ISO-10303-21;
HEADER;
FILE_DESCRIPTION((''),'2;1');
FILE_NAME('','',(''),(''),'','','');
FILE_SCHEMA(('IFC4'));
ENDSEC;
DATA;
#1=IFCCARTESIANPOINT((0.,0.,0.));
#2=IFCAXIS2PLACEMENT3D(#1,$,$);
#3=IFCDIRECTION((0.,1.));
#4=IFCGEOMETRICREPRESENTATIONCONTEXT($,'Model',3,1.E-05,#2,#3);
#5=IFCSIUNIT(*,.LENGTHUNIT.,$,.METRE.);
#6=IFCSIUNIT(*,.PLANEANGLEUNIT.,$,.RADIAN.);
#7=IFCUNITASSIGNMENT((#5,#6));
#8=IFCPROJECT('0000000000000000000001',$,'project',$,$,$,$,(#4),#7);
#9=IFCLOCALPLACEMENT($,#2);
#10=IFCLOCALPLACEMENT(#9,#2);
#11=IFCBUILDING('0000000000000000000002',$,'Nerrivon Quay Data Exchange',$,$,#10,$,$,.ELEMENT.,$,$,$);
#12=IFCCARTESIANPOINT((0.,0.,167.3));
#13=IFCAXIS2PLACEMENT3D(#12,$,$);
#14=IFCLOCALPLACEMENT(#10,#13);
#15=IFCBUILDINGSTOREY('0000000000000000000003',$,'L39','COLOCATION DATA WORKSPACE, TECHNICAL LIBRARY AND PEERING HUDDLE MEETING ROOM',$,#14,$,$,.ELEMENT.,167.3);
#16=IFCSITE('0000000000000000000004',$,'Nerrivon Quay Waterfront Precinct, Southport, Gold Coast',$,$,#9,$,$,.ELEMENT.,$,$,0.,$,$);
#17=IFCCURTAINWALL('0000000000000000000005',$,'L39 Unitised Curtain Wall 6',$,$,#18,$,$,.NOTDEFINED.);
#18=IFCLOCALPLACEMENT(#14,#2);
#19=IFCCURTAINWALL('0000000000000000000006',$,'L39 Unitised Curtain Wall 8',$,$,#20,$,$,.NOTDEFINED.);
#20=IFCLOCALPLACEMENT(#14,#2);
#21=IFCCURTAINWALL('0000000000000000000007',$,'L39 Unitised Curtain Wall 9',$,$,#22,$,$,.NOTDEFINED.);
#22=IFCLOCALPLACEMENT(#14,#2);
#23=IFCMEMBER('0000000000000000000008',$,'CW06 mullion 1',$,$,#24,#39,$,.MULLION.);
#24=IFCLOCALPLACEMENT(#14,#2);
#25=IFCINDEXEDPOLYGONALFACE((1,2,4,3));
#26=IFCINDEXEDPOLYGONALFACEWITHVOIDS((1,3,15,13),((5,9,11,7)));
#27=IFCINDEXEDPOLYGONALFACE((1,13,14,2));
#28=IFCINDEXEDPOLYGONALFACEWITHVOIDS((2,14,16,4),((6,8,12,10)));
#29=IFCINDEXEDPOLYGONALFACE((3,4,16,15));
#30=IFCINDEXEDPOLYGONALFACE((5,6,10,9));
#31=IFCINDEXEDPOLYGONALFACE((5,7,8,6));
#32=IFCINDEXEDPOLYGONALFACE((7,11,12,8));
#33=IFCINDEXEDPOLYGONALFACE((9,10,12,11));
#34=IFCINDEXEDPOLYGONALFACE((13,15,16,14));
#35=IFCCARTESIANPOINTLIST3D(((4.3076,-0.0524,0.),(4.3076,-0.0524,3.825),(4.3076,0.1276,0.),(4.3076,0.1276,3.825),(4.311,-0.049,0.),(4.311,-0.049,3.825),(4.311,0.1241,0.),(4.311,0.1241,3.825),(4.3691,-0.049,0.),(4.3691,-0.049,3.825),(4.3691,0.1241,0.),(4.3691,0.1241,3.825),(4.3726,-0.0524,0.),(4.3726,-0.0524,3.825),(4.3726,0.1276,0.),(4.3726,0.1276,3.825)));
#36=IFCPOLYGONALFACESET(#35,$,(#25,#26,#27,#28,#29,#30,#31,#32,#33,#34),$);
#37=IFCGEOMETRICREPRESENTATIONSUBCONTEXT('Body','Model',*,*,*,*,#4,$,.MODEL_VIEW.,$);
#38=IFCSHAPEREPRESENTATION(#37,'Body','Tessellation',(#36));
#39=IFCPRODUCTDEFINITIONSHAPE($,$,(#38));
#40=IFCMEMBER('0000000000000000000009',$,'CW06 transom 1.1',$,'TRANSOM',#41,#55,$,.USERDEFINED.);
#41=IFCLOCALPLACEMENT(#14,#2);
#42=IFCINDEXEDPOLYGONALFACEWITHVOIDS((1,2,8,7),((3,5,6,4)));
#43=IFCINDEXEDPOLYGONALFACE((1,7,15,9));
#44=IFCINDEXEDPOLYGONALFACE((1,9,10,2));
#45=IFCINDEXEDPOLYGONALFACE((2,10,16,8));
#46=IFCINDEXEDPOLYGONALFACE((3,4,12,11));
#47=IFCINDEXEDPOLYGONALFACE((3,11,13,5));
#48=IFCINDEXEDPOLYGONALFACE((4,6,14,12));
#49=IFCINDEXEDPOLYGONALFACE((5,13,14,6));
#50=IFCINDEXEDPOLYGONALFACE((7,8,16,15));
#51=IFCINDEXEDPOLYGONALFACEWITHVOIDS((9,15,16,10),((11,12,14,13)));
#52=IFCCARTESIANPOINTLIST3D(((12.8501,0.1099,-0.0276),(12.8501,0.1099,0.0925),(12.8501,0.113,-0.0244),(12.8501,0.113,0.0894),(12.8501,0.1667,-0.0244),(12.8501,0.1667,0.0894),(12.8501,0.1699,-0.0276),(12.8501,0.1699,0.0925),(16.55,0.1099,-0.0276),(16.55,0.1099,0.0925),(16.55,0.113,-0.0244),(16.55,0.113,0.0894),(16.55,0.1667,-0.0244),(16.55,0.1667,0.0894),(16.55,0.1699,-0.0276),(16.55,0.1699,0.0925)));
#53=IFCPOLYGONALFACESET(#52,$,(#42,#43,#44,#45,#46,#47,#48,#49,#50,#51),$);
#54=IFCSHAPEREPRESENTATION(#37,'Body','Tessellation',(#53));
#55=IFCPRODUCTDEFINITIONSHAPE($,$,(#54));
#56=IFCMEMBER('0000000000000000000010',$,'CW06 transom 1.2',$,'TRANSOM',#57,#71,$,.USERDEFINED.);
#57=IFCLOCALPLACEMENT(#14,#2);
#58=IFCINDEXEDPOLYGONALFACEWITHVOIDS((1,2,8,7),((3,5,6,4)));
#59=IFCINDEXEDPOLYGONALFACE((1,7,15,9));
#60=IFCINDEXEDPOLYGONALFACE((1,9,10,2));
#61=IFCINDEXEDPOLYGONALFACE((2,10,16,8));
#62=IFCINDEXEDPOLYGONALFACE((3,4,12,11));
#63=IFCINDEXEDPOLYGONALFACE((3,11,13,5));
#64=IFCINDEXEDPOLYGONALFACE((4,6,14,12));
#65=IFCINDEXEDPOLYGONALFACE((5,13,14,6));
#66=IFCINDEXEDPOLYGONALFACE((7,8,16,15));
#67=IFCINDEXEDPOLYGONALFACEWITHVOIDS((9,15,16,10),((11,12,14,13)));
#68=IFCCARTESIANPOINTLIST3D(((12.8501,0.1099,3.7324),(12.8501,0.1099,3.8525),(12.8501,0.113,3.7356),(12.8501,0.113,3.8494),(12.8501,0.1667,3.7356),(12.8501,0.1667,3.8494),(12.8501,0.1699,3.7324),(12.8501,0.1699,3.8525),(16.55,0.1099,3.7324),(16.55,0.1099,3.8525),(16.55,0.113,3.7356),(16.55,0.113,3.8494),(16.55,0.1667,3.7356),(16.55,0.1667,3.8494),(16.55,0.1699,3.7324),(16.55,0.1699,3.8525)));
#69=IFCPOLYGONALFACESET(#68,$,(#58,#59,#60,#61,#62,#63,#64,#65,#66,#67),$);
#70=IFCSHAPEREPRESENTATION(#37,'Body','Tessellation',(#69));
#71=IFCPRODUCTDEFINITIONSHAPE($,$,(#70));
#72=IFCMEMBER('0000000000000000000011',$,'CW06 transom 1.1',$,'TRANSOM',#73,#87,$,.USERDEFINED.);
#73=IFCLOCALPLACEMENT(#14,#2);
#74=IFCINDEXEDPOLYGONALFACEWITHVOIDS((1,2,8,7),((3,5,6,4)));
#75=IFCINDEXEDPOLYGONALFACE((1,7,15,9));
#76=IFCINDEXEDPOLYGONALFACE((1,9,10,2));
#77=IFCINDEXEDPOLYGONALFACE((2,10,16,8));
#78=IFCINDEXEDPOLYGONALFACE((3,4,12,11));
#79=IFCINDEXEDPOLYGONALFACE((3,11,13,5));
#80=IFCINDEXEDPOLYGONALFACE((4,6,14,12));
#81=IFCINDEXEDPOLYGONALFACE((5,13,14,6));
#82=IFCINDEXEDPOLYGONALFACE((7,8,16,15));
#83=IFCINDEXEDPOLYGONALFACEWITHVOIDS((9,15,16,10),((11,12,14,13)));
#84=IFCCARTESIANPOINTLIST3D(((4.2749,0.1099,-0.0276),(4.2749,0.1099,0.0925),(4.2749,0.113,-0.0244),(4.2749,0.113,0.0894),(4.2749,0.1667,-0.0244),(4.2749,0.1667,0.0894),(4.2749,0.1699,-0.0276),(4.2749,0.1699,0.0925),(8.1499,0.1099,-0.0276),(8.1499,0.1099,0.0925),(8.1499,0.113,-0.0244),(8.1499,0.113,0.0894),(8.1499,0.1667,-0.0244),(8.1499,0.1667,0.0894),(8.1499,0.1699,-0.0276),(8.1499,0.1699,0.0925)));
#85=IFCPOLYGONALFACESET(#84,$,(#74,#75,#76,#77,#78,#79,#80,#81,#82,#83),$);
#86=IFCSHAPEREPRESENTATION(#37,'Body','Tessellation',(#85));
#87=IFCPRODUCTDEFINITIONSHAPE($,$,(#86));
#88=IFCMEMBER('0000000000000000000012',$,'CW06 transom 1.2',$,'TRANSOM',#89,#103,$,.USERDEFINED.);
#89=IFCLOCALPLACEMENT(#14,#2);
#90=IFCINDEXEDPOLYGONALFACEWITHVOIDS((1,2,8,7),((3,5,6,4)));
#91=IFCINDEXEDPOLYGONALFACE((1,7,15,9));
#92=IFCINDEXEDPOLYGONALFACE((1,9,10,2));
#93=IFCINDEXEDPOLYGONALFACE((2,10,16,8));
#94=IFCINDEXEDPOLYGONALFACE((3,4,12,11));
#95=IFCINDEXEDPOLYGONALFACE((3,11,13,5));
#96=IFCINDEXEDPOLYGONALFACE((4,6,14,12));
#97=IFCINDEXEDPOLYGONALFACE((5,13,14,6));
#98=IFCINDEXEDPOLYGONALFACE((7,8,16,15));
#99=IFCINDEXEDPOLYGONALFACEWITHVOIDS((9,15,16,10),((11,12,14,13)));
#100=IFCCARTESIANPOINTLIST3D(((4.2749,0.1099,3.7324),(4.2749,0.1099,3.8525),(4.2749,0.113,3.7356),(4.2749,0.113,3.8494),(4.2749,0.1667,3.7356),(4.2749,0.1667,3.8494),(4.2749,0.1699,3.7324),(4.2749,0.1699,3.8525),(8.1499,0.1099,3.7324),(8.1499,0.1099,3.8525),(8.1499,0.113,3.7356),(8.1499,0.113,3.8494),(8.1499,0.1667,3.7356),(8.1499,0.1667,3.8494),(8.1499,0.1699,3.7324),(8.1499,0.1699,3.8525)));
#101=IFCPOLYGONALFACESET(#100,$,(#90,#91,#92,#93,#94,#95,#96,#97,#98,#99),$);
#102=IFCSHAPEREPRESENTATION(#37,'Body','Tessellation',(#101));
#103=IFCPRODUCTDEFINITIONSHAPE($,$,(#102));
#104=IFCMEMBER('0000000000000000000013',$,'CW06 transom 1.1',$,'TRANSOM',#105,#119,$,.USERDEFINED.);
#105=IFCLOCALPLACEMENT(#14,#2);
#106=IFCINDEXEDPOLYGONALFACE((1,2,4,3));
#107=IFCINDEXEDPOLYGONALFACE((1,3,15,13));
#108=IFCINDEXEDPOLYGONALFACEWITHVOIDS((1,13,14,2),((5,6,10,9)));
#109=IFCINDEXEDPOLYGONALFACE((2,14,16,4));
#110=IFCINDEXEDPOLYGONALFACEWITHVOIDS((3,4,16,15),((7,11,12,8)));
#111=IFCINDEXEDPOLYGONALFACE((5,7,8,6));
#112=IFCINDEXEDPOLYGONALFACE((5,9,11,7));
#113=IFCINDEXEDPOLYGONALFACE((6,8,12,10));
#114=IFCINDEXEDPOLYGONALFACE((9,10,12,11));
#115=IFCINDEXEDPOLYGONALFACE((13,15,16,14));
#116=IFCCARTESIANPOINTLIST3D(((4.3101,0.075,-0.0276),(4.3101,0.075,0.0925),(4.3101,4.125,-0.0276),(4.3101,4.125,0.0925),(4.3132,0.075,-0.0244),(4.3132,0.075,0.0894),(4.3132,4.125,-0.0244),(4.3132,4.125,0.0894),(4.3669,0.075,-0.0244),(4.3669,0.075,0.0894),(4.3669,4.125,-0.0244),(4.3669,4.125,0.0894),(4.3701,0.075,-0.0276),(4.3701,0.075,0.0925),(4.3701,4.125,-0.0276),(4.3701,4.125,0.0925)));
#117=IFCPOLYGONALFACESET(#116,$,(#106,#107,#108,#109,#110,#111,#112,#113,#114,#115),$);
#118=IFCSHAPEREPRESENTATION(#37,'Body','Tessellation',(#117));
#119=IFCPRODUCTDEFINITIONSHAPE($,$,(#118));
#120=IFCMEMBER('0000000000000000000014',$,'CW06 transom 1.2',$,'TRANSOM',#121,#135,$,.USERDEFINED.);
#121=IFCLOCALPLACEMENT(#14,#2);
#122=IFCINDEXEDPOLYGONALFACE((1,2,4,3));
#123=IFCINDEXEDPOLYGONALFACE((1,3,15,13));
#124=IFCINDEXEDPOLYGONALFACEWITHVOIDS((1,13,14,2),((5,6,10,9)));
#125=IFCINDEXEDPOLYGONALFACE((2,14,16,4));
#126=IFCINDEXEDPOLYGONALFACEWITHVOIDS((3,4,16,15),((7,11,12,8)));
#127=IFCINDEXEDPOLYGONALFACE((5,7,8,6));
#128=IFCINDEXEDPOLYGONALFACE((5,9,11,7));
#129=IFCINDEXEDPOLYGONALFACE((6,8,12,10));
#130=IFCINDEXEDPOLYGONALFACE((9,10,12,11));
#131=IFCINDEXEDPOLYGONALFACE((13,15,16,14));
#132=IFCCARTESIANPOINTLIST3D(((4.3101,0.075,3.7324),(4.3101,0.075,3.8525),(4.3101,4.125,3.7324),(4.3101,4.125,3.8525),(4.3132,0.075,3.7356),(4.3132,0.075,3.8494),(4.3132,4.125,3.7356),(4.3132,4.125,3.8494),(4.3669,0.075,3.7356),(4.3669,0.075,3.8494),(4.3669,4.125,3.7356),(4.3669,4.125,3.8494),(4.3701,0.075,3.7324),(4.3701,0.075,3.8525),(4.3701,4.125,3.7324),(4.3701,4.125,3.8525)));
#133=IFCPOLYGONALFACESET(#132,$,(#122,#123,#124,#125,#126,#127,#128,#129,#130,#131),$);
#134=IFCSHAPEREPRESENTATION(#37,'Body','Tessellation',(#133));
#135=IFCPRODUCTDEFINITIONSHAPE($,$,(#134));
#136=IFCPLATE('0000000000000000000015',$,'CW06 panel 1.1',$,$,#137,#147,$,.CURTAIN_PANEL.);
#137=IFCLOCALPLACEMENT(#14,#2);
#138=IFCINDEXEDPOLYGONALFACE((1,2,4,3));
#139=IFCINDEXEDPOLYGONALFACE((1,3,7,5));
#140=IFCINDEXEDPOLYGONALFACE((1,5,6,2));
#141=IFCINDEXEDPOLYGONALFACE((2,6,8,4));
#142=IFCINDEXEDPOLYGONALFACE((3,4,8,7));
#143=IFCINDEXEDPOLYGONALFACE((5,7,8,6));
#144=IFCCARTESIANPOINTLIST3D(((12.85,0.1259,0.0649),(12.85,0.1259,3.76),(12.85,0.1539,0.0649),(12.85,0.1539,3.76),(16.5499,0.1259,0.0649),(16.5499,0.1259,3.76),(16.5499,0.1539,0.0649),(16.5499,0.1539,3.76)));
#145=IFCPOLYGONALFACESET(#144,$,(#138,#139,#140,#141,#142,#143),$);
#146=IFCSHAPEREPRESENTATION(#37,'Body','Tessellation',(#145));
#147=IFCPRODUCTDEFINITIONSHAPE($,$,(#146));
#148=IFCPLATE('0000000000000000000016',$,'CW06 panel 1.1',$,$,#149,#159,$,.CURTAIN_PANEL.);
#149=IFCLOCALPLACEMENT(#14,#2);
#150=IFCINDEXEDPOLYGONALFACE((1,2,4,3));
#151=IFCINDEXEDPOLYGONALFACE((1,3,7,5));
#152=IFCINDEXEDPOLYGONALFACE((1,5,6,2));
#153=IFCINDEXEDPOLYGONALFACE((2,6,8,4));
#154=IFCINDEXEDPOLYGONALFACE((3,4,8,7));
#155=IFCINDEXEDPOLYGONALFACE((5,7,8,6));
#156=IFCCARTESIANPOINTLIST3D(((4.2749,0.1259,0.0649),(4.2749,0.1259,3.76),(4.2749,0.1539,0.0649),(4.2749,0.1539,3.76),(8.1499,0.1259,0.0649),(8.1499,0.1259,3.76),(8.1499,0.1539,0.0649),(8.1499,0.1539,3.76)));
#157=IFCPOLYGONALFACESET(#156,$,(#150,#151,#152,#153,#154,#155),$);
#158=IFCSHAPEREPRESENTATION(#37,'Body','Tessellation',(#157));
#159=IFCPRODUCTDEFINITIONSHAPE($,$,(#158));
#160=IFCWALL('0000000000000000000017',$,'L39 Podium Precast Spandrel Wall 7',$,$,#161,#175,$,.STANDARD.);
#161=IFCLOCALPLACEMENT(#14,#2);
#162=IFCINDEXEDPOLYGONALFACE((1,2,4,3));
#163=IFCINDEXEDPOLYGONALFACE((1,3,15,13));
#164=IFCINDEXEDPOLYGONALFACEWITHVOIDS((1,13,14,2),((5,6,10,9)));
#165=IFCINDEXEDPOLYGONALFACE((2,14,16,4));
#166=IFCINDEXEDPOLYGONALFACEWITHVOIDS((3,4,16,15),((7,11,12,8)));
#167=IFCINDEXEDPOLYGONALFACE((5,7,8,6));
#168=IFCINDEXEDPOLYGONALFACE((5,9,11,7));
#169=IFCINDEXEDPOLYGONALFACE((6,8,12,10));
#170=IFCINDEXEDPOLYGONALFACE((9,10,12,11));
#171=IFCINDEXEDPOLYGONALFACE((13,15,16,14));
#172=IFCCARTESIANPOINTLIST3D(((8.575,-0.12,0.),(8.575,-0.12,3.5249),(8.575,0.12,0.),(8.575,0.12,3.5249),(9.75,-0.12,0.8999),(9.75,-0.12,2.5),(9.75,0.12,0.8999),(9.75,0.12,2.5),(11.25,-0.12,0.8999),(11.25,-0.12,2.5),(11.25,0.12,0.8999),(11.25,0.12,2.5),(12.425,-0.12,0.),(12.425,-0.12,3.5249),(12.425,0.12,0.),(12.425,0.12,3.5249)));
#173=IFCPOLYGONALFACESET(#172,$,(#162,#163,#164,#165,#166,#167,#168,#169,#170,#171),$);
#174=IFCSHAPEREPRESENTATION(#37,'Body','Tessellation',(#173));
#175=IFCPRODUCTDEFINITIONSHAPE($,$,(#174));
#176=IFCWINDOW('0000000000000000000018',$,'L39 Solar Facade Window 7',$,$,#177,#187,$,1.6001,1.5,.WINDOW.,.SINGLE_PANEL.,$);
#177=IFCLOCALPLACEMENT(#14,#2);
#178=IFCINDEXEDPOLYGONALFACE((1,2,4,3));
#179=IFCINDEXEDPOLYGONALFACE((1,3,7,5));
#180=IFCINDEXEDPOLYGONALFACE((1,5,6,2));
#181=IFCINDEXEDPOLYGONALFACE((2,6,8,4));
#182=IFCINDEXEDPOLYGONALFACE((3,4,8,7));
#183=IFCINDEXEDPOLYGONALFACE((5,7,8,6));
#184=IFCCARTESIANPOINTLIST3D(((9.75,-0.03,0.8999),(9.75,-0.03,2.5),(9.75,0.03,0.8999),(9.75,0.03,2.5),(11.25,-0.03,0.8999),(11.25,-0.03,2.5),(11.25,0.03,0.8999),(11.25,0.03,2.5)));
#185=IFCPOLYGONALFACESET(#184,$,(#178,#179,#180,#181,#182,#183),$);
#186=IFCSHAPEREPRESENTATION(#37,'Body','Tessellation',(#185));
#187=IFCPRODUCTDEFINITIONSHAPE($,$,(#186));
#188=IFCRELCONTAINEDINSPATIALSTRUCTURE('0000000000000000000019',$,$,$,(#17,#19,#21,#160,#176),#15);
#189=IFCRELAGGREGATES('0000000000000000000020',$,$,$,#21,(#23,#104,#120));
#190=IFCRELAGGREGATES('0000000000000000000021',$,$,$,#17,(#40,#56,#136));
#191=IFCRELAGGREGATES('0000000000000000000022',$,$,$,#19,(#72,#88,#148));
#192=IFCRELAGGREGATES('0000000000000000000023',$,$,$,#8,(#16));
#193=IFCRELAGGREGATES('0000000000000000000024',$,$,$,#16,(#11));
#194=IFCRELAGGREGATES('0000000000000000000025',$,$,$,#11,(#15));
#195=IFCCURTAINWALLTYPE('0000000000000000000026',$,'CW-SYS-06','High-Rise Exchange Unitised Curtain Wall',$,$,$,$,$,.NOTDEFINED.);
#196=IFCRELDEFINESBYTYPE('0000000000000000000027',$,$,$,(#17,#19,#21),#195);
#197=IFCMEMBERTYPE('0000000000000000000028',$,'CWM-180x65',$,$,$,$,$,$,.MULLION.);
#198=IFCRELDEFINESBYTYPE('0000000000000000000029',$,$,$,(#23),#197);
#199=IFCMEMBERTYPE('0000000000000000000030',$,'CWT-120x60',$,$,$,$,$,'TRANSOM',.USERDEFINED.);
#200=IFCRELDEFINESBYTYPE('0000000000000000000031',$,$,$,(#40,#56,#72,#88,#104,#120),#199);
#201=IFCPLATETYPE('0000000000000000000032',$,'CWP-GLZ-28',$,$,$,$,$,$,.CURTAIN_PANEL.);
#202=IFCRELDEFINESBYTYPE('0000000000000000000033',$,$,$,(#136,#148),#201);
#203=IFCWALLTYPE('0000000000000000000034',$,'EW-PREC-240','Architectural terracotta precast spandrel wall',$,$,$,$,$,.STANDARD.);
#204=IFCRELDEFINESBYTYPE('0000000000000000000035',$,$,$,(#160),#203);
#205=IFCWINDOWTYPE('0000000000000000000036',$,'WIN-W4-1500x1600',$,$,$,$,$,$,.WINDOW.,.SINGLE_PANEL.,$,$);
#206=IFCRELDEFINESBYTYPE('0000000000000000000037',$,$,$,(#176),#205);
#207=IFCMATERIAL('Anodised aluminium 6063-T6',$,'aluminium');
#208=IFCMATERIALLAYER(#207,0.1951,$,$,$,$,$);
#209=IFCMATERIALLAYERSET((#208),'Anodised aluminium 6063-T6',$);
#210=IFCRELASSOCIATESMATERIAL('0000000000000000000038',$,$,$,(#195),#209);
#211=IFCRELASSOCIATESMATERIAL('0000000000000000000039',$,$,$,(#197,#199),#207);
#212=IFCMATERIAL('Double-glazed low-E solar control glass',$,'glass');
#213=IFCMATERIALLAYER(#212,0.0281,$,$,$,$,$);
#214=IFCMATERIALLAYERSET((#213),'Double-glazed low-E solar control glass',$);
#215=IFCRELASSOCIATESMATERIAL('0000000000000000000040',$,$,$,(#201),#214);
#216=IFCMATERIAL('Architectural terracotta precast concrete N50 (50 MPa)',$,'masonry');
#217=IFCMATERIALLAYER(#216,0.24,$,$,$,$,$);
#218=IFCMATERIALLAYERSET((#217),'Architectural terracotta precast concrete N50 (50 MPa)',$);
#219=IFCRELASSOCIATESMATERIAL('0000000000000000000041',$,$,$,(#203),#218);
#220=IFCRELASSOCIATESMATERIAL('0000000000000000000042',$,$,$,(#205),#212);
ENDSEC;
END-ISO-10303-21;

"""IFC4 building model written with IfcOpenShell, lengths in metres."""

from ifc_helpers import new_model, si_unit, direction, frame, frame_2d, origin, origin_2d, place, context, subcontext, project, spatial, rectangle, hollow_rectangle, extrude, material, layer, layer_set, material_profile, profile_set, type_object, element, fill, aggregate, save


model = new_model("IFC4")

# Units and contexts
model_context = context("Model", 3, precision=1e-05, world=origin(), true_north=direction((0.0, 1.0)))
body_context = subcontext(model_context, "Body", "Model", "MODEL_VIEW")
ifc_project = project(units=[si_unit("LENGTHUNIT", "METRE"), si_unit("PLANEANGLEUNIT", "RADIAN")], contexts=[model_context])

# Site, building, storey
site_placement = place(None, origin())
site = spatial("IfcSite", under=ifc_project, at=site_placement, Name="Nerrivon Quay Waterfront Precinct, Southport, Gold Coast", CompositionType="ELEMENT", RefElevation=0.0)
building_placement = place(site_placement, origin())
building = spatial("IfcBuilding", under=site, at=building_placement, Name="Nerrivon Quay Data Exchange", CompositionType="ELEMENT")
storey_placement = place(building_placement, frame((0.0, 0.0, 167.3)))
storey = spatial("IfcBuildingStorey", under=building, at=storey_placement, Name="L39", Description="COLOCATION DATA WORKSPACE, TECHNICAL LIBRARY AND PEERING HUDDLE MEETING ROOM", CompositionType="ELEMENT", Elevation=167.3)

# Curtain walls
ifc_material_1 = material(Name="Anodised aluminium 6063-T6", Category="aluminium")
ifc_layer_1 = layer(ifc_material_1, 0.1951)
ifc_layer_set_1 = layer_set([ifc_layer_1], Name="Anodised aluminium 6063-T6")
curtain_wall_type = type_object("IfcCurtainWallType", Name="CW-SYS-06", Description="High-Rise Exchange Unitised Curtain Wall", PredefinedType="NOTDEFINED", material=ifc_layer_set_1)
curtain_wall_1_placement = place(storey_placement, origin())
curtain_wall_1 = element("IfcCurtainWall", 1, at=curtain_wall_1_placement, inside=storey, type_object=curtain_wall_type, Name="L39 Unitised Curtain Wall 6", PredefinedType="NOTDEFINED")
ifc_material_profile_1 = material_profile(ifc_material_1, hollow_rectangle(XDim=0.0649, YDim=0.1799, WallThickness=0.0034, at=origin_2d()), Name="ALU-MULL-180x65")
ifc_profile_set_1 = profile_set([ifc_material_profile_1], Name="Anodised aluminium 6063-T6")
member_type_1 = type_object("IfcMemberType", Name="CWM-180x65", PredefinedType="MULLION", material=ifc_profile_set_1)
curtain_wall_2_placement = place(storey_placement, origin())
curtain_wall_2 = element("IfcCurtainWall", 2, at=curtain_wall_2_placement, inside=storey, type_object=curtain_wall_type, Name="L39 Unitised Curtain Wall 8", PredefinedType="NOTDEFINED")

# Curtain wall, member
curtain_wall_3_placement = place(storey_placement, origin())
curtain_wall_3 = element("IfcCurtainWall", 3, at=curtain_wall_3_placement, inside=storey, type_object=curtain_wall_type, Name="L39 Unitised Curtain Wall 9", PredefinedType="NOTDEFINED")
member_1_placement = place(storey_placement, frame((4.3401, 0.0376, 0.0), z_axis=(0.0, 0.0, 1.0), x_axis=(-1.0, 0.0, 0.0)))
member_1 = element("IfcMember", 4, at=member_1_placement, type_object=member_type_1, Name="CW06 mullion 1", PredefinedType="MULLION", context=body_context, shape_type="SweptSolid", body=[
    extrude(hollow_rectangle(XDim=0.0649, YDim=0.1799, WallThickness=0.0034, at=origin_2d()), origin(), (0.0, 0.0, 1.0), 3.825),
])

# Members
ifc_material_profile_2 = material_profile(ifc_material_1, hollow_rectangle(XDim=0.0601, YDim=0.1201, WallThickness=0.0032, at=origin_2d()), Name="ALU-TRAN-120x60")
ifc_profile_set_2 = profile_set([ifc_material_profile_2], Name="Anodised aluminium 6063-T6")
member_type_2 = type_object("IfcMemberType", Name="CWT-120x60", ElementType="TRANSOM", PredefinedType="USERDEFINED", material=ifc_profile_set_2)
member_2_placement = place(storey_placement, frame((16.55, 0.1399, 0.0325), z_axis=(-1.0, 0.0, 0.0), x_axis=(0.0, -1.0, 0.0)))
member_2 = element("IfcMember", 5, at=member_2_placement, type_object=member_type_2, Name="CW06 transom 1.1", ObjectType="TRANSOM", PredefinedType="USERDEFINED", context=body_context, shape_type="SweptSolid", body=[
    extrude(hollow_rectangle(XDim=0.0601, YDim=0.1201, WallThickness=0.0032, at=origin_2d()), origin(), (0.0, 0.0, 1.0), 3.7),
])
member_3_placement = place(storey_placement, frame((16.55, 0.1399, 3.7925), z_axis=(-1.0, 0.0, 0.0), x_axis=(0.0, -1.0, 0.0)))
member_3 = element("IfcMember", 6, at=member_3_placement, type_object=member_type_2, Name="CW06 transom 1.2", ObjectType="TRANSOM", PredefinedType="USERDEFINED", context=body_context, shape_type="SweptSolid", body=[
    extrude(hollow_rectangle(XDim=0.0601, YDim=0.1201, WallThickness=0.0032, at=origin_2d()), origin(), (0.0, 0.0, 1.0), 3.7),
])
member_4_placement = place(storey_placement, frame((8.1499, 0.1399, 0.0325), z_axis=(-1.0, 0.0, 0.0), x_axis=(0.0, -1.0, 0.0)))
member_4 = element("IfcMember", 7, at=member_4_placement, type_object=member_type_2, Name="CW06 transom 1.1", ObjectType="TRANSOM", PredefinedType="USERDEFINED", context=body_context, shape_type="SweptSolid", body=[
    extrude(hollow_rectangle(XDim=0.0601, YDim=0.1201, WallThickness=0.0032, at=origin_2d()), origin(), (0.0, 0.0, 1.0), 3.875),
])
member_5_placement = place(storey_placement, frame((8.1499, 0.1399, 3.7925), z_axis=(-1.0, 0.0, 0.0), x_axis=(0.0, -1.0, 0.0)))
member_5 = element("IfcMember", 8, at=member_5_placement, type_object=member_type_2, Name="CW06 transom 1.2", ObjectType="TRANSOM", PredefinedType="USERDEFINED", context=body_context, shape_type="SweptSolid", body=[
    extrude(hollow_rectangle(XDim=0.0601, YDim=0.1201, WallThickness=0.0032, at=origin_2d()), origin(), (0.0, 0.0, 1.0), 3.875),
])
member_6_placement = place(storey_placement, frame((4.3401, 0.075, 0.0325), z_axis=(0.0, 1.0, 0.0), x_axis=(-1.0, 0.0, 0.0)))
member_6 = element("IfcMember", 9, at=member_6_placement, type_object=member_type_2, Name="CW06 transom 1.1", ObjectType="TRANSOM", PredefinedType="USERDEFINED", context=body_context, shape_type="SweptSolid", body=[
    extrude(hollow_rectangle(XDim=0.0601, YDim=0.1201, WallThickness=0.0032, at=origin_2d()), origin(), (0.0, 0.0, 1.0), 4.05),
])
member_7_placement = place(storey_placement, frame((4.3401, 0.075, 3.7925), z_axis=(0.0, 1.0, 0.0), x_axis=(-1.0, 0.0, 0.0)))
member_7 = element("IfcMember", 10, at=member_7_placement, type_object=member_type_2, Name="CW06 transom 1.2", ObjectType="TRANSOM", PredefinedType="USERDEFINED", context=body_context, shape_type="SweptSolid", body=[
    extrude(hollow_rectangle(XDim=0.0601, YDim=0.1201, WallThickness=0.0032, at=origin_2d()), origin(), (0.0, 0.0, 1.0), 4.05),
])
aggregate(curtain_wall_3, [member_1, member_6, member_7])

# Plates
ifc_material_2 = material(Name="Double-glazed low-E solar control glass", Category="glass")
ifc_layer_2 = layer(ifc_material_2, 0.0281)
ifc_layer_set_2 = layer_set([ifc_layer_2], Name="Double-glazed low-E solar control glass")
plate_type = type_object("IfcPlateType", Name="CWP-GLZ-28", PredefinedType="CURTAIN_PANEL", material=ifc_layer_set_2)
plate_1_placement = place(storey_placement, frame((14.7, 0.1399, 0.0649), z_axis=(0.0, 0.0, 1.0), x_axis=(-1.0, 0.0, 0.0)))
plate_1 = element("IfcPlate", 11, at=plate_1_placement, type_object=plate_type, Name="CW06 panel 1.1", PredefinedType="CURTAIN_PANEL", context=body_context, shape_type="SweptSolid", body=[
    extrude(rectangle(XDim=3.7, YDim=0.0281, at=origin_2d()), origin(), (0.0, 0.0, 1.0), 3.6951),
])
aggregate(curtain_wall_1, [member_2, member_3, plate_1])
plate_2_placement = place(storey_placement, frame((6.2124, 0.1399, 0.0649), z_axis=(0.0, 0.0, 1.0), x_axis=(-1.0, 0.0, 0.0)))
plate_2 = element("IfcPlate", 12, at=plate_2_placement, type_object=plate_type, Name="CW06 panel 1.1", PredefinedType="CURTAIN_PANEL", context=body_context, shape_type="SweptSolid", body=[
    extrude(rectangle(XDim=3.875, YDim=0.0281, at=origin_2d()), origin(), (0.0, 0.0, 1.0), 3.6951),
])
aggregate(curtain_wall_2, [member_4, member_5, plate_2])

# Wall, opening, window
ifc_material_3 = material(Name="Architectural terracotta precast concrete N50 (50 MPa)", Category="masonry")
ifc_layer_3 = layer(ifc_material_3, 0.24)
ifc_layer_set_3 = layer_set([ifc_layer_3], Name="Architectural terracotta precast concrete N50 (50 MPa)")
wall_type = type_object("IfcWallType", Name="EW-PREC-240", Description="Architectural terracotta precast spandrel wall", PredefinedType="STANDARD", material=ifc_layer_set_3)
wall_placement = place(storey_placement, frame((12.425, 0.0, 0.0), z_axis=(0.0, 0.0, 1.0), x_axis=(-1.0, 0.0, 0.0)))
wall = element("IfcWall", 13, at=wall_placement, inside=storey, type_object=wall_type, Name="L39 Podium Precast Spandrel Wall 7", PredefinedType="STANDARD", context=body_context, shape_type="SweptSolid", body=[
    extrude(rectangle(XDim=3.8501, YDim=0.24, at=frame_2d((1.925, 0.0))), origin(), (0.0, 0.0, 1.0), 3.5249),
])
opening_placement = place(wall_placement, frame((1.175, 0.0, 0.8999)))
opening = element("IfcOpeningElement", 14, at=opening_placement, cuts=wall, PredefinedType="OPENING", context=body_context, shape_type="SweptSolid", body=[
    extrude(rectangle(XDim=1.5, YDim=1.6001, at=frame_2d((0.75, 0.8))), frame((0.0, 0.1299, 0.0), z_axis=(0.0, -1.0, 0.0), x_axis=(1.0, 0.0, 0.0)), (0.0, 0.0, 1.0), 0.26),
])
window_type = type_object("IfcWindowType", Name="WIN-W4-1500x1600", PartitioningType="SINGLE_PANEL", PredefinedType="WINDOW", material=ifc_material_2)
window_placement = place(opening_placement, origin())
window = element("IfcWindow", 15, at=window_placement, inside=storey, type_object=window_type, Name="L39 Solar Facade Window 7", OverallHeight=1.6001, OverallWidth=1.5, PartitioningType="SINGLE_PANEL", PredefinedType="WINDOW", context=body_context, shape_type="SweptSolid", body=[
    extrude(rectangle(XDim=1.5, YDim=1.6001, at=frame_2d((0.75, 0.8))), frame((0.0, 0.03, 0.0), z_axis=(0.0, -1.0, 0.0), x_axis=(1.0, 0.0, 0.0)), (0.0, 0.0, 1.0), 0.0601),
])
fill(opening, window)

save(model, "model.ifc")
